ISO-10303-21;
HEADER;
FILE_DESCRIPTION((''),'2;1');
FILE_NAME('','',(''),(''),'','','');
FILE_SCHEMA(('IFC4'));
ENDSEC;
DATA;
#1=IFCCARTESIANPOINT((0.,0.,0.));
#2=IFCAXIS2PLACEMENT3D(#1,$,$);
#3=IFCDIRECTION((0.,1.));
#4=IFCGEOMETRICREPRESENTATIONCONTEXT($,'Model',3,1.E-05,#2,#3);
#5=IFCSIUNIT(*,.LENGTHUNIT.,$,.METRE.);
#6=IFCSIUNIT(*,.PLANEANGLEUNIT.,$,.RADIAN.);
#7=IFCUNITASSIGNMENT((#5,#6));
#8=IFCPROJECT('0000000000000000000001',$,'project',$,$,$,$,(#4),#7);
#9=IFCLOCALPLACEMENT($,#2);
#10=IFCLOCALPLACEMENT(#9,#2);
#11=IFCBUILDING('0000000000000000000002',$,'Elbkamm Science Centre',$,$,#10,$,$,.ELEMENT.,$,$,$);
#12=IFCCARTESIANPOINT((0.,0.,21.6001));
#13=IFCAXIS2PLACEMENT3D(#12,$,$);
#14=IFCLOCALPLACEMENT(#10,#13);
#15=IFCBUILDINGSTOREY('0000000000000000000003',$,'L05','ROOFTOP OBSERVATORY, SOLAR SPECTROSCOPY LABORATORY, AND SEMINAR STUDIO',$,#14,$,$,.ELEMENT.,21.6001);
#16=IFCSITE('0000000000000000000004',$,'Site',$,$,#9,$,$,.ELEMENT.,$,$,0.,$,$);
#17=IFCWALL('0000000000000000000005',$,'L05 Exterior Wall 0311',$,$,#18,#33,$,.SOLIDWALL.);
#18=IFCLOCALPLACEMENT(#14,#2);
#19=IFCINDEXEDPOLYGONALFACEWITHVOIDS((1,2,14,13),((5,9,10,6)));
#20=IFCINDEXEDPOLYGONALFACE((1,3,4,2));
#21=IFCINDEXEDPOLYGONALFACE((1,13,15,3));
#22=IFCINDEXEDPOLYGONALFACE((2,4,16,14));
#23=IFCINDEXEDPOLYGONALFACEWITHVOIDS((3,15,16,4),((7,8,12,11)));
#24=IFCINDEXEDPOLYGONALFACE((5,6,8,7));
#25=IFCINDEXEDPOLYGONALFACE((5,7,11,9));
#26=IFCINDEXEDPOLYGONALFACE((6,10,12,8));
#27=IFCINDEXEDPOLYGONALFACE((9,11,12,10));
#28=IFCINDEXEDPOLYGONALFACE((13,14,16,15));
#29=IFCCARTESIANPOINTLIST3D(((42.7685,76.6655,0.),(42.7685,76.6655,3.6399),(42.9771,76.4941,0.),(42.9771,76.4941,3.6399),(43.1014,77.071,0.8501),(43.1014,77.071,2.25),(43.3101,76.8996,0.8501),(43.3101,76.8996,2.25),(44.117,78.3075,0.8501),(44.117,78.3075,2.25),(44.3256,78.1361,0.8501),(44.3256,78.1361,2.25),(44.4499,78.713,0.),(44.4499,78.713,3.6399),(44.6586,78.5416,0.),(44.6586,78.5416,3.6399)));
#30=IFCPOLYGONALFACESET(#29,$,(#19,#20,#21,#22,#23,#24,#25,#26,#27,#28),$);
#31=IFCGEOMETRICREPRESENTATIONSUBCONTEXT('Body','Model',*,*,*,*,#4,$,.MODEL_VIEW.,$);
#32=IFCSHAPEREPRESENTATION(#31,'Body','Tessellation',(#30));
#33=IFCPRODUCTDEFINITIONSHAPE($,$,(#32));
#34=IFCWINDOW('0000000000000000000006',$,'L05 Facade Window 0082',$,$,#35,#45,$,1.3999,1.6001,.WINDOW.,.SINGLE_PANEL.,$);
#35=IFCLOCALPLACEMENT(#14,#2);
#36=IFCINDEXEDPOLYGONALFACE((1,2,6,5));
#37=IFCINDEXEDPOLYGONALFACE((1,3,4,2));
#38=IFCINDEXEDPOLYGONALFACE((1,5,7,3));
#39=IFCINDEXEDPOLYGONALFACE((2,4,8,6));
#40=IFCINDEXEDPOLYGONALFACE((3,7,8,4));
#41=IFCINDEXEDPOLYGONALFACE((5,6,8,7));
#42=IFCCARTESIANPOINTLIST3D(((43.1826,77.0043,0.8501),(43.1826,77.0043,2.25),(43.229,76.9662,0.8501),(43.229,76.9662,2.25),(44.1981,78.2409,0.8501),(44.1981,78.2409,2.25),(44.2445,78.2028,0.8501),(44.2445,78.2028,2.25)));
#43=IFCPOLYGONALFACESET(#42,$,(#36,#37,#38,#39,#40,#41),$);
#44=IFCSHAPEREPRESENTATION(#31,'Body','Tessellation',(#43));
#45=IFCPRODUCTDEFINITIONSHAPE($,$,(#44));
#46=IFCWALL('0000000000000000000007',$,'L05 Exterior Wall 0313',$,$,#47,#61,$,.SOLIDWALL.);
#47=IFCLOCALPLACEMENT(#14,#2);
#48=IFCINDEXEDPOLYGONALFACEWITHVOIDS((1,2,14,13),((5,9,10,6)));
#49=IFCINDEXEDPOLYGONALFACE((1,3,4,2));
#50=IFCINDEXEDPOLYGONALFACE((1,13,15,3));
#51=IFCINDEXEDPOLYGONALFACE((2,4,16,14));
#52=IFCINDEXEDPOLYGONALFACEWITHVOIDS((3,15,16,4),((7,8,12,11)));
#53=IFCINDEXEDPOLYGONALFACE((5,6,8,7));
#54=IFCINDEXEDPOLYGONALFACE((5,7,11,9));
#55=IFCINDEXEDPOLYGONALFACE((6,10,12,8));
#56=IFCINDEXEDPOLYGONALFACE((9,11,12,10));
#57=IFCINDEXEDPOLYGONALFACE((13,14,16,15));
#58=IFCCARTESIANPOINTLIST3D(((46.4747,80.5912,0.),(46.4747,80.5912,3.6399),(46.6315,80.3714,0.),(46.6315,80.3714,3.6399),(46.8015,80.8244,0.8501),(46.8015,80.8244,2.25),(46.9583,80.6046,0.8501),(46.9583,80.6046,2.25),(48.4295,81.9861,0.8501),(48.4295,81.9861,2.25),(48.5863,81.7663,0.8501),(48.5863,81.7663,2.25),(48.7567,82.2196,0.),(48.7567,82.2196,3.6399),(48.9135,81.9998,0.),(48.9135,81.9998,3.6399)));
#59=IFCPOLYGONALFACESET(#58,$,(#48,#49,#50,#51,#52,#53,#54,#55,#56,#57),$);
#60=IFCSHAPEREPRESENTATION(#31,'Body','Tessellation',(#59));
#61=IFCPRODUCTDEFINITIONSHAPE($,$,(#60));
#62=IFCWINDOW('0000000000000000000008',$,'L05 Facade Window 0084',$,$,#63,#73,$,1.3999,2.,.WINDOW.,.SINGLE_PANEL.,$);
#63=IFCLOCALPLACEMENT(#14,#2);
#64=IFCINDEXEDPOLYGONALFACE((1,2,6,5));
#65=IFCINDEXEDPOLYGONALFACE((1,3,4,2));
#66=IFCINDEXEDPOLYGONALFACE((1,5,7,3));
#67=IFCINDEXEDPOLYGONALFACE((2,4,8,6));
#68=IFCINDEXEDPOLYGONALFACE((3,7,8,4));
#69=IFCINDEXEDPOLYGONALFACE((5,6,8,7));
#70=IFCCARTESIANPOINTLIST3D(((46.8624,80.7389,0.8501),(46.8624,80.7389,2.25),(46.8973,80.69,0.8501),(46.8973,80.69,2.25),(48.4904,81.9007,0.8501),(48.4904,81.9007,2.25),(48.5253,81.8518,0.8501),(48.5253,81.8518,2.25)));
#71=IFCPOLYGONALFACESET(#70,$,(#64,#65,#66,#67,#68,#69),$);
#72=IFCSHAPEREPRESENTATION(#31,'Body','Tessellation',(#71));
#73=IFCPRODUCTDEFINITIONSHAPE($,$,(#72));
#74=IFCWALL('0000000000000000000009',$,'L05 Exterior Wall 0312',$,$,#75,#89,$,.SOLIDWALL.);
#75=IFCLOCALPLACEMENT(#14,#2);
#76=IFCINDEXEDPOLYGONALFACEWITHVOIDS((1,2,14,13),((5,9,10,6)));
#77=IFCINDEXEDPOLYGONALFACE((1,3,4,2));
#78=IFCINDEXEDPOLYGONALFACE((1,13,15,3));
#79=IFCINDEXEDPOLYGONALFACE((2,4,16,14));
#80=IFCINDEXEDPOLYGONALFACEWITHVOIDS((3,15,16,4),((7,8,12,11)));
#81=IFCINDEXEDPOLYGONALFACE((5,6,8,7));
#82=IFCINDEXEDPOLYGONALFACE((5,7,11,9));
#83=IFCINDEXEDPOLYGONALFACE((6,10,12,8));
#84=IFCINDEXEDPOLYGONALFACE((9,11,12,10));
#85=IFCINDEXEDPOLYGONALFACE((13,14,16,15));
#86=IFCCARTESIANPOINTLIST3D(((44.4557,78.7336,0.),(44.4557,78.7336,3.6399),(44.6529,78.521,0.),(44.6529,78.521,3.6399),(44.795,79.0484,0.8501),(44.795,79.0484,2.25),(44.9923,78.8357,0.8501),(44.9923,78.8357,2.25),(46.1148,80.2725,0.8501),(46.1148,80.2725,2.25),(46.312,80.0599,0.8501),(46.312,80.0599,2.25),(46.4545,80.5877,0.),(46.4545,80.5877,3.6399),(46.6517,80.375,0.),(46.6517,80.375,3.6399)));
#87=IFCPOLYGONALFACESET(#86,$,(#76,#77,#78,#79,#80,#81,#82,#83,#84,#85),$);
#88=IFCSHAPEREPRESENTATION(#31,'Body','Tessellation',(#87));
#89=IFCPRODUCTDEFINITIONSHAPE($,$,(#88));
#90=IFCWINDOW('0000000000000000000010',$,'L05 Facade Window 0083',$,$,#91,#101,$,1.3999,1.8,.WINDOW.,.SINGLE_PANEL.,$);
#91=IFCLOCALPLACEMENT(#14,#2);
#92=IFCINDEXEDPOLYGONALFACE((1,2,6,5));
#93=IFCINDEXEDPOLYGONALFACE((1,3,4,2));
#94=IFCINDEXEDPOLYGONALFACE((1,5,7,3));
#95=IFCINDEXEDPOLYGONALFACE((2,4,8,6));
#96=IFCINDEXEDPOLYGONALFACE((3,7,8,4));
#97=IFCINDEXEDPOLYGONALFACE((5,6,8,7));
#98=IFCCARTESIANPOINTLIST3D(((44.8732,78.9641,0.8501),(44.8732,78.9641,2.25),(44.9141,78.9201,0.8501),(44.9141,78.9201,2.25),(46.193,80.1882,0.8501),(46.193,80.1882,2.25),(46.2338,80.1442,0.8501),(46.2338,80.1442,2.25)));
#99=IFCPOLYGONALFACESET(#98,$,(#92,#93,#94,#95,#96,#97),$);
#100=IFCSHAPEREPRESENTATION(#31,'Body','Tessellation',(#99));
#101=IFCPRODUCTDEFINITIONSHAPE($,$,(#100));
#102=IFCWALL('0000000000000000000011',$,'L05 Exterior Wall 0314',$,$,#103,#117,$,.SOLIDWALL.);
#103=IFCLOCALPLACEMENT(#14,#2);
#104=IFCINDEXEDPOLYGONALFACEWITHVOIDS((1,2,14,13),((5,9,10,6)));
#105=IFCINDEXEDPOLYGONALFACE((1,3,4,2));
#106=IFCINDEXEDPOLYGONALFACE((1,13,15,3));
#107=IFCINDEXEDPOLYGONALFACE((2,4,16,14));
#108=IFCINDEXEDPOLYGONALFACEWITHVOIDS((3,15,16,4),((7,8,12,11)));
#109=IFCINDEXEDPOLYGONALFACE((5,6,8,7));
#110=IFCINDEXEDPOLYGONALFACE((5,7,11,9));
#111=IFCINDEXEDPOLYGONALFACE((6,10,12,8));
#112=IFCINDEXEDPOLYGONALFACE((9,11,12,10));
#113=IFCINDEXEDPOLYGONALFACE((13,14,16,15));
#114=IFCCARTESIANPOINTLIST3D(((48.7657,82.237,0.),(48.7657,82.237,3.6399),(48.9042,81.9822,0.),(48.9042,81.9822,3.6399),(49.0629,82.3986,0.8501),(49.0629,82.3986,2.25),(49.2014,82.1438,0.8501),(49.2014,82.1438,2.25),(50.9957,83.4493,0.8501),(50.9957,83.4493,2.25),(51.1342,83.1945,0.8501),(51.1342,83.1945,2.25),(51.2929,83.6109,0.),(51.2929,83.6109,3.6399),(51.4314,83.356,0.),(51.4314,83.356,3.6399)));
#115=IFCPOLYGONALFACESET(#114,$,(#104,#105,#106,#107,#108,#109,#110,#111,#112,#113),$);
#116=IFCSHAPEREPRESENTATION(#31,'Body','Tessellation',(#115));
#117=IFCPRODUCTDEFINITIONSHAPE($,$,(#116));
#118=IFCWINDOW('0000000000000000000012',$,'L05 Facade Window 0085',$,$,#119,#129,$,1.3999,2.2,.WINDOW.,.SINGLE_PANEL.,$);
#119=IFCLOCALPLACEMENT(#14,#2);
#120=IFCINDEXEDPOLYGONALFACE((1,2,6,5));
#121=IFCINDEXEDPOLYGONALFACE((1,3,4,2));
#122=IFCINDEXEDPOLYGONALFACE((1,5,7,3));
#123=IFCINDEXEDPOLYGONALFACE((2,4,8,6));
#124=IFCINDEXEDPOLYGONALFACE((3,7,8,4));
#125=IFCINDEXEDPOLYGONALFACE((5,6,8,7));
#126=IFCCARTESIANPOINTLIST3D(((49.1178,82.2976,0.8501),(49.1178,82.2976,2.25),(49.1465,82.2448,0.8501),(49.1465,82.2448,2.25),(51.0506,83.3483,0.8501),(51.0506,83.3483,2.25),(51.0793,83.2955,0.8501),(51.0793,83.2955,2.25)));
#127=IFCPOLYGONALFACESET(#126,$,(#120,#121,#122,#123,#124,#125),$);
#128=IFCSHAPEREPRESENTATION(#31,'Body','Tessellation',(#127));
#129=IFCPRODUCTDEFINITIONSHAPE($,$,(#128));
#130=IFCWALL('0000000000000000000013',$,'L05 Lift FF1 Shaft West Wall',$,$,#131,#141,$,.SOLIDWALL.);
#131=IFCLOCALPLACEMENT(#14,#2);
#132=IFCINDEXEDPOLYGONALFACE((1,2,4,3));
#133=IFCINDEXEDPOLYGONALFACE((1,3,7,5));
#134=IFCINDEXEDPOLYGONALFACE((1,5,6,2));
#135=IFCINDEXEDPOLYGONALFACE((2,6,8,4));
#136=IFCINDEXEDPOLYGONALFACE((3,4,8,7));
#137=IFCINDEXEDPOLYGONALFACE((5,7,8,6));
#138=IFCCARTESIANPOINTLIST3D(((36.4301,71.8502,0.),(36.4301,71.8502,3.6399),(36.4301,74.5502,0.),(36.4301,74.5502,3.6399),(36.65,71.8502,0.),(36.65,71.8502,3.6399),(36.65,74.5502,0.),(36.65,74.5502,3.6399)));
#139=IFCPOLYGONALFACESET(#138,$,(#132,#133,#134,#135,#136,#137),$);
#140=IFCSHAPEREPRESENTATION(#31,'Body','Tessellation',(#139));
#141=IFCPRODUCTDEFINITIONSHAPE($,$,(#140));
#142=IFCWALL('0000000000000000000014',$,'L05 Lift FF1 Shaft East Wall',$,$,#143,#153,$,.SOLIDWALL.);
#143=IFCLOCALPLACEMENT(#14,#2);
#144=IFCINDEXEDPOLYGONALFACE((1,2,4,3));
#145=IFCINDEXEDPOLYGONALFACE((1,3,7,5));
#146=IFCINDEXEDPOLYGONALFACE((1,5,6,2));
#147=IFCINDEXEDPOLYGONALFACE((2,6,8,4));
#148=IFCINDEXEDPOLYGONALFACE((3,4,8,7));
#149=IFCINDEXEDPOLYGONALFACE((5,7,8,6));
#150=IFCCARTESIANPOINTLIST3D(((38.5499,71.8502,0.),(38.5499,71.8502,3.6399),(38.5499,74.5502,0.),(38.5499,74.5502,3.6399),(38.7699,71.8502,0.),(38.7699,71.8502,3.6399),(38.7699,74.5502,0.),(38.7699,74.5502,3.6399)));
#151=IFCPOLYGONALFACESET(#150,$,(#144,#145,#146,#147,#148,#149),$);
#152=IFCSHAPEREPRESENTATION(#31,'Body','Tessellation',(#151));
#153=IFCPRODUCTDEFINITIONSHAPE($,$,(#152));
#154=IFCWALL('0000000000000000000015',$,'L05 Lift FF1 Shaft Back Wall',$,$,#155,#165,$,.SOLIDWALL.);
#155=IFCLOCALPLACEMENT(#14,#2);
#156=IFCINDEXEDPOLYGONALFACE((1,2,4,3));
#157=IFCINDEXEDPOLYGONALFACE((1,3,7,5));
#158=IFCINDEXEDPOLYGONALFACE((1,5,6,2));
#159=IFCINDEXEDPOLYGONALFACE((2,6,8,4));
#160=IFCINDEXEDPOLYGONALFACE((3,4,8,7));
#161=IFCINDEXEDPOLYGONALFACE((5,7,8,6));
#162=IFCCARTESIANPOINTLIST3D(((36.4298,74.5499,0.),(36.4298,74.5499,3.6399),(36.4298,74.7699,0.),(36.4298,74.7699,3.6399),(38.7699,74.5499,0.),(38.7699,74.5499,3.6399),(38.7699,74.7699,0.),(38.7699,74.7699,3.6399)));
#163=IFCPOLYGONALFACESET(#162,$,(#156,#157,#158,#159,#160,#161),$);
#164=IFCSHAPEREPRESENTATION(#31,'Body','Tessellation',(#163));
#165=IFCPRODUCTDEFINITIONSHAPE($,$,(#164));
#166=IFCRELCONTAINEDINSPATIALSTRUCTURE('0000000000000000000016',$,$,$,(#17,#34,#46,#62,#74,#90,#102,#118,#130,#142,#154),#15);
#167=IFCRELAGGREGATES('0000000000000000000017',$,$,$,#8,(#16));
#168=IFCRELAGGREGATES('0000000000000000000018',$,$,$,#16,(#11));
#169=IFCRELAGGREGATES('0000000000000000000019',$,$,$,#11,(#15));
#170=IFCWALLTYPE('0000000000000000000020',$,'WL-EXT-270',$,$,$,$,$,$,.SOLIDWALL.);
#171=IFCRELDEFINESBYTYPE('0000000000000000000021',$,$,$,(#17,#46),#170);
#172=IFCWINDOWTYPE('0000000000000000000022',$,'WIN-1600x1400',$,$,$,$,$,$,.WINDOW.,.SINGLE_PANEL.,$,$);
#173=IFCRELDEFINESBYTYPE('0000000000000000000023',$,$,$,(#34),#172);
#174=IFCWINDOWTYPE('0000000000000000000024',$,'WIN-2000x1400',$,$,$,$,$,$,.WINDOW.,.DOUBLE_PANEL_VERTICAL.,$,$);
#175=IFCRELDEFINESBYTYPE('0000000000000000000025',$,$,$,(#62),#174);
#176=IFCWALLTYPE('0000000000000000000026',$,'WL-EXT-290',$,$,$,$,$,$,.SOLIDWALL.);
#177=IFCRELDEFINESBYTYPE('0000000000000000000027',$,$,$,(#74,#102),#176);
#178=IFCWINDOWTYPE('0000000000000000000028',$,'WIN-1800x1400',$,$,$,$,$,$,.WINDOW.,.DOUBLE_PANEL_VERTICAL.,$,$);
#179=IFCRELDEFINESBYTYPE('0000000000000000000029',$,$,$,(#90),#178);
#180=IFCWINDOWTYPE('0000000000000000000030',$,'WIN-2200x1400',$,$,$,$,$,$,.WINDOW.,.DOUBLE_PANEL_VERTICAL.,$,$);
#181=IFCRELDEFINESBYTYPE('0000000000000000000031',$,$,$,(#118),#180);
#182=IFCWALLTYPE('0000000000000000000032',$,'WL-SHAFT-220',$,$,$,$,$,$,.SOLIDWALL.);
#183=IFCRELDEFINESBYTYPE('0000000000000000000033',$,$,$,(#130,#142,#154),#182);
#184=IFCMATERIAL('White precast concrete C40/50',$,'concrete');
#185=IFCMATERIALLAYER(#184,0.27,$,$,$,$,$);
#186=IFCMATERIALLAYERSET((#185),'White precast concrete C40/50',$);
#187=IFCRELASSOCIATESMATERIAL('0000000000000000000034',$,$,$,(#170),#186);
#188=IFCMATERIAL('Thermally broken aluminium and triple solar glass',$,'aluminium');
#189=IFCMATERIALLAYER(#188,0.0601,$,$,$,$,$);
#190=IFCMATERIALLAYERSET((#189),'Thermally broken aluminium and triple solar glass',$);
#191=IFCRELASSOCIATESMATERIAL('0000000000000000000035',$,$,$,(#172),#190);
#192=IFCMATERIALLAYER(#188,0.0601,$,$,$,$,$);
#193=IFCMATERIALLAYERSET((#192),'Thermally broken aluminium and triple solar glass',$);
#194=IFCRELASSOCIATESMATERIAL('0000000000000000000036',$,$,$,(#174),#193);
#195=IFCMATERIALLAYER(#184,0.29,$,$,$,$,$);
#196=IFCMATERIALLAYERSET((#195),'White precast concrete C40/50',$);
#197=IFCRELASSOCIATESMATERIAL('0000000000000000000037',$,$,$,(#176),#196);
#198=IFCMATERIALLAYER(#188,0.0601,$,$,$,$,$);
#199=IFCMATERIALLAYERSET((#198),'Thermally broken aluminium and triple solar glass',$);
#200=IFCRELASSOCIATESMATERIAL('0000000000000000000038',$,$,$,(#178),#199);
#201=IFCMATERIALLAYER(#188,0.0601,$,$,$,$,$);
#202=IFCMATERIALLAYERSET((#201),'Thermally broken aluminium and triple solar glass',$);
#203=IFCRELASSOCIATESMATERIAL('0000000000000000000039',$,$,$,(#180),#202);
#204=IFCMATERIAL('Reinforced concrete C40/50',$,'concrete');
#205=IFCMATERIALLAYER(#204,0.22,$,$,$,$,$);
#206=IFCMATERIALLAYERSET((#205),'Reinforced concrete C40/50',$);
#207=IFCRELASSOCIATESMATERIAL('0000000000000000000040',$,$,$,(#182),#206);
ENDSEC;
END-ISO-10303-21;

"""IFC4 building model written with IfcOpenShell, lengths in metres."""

from ifc_helpers import new_model, si_unit, direction, frame, frame_2d, origin, place, context, subcontext, project, spatial, rectangle, extrude, material, layer, layer_set, type_object, element, fill, save


model = new_model("IFC4")

# Units and contexts
model_context = context("Model", 3, precision=1e-05, world=origin(), true_north=direction((0.0, 1.0)))
body_context = subcontext(model_context, "Body", "Model", "MODEL_VIEW")
ifc_project = project(units=[si_unit("LENGTHUNIT", "METRE"), si_unit("PLANEANGLEUNIT", "RADIAN")], contexts=[model_context])

# Site, building, storey
site_placement = place(None, origin())
site = spatial("IfcSite", under=ifc_project, at=site_placement, Name="Site", CompositionType="ELEMENT", RefElevation=0.0)
building_placement = place(site_placement, origin())
building = spatial("IfcBuilding", under=site, at=building_placement, Name="Elbkamm Science Centre", CompositionType="ELEMENT")
storey_placement = place(building_placement, frame((0.0, 0.0, 21.6001)))
storey = spatial("IfcBuildingStorey", under=building, at=storey_placement, Name="L05", Description="ROOFTOP OBSERVATORY, SOLAR SPECTROSCOPY LABORATORY, AND SEMINAR STUDIO", CompositionType="ELEMENT", Elevation=21.6001)

# Shared definitions
ifc_material_1 = material(Name="Reinforced concrete C40/50", Category="concrete")

# Walls, openings, windows
ifc_material_2 = material(Name="White precast concrete C40/50", Category="concrete")
ifc_layer_1 = layer(ifc_material_2, 0.27)
ifc_layer_set_1 = layer_set([ifc_layer_1], Name="White precast concrete C40/50")
wall_type_1 = type_object("IfcWallType", Name="WL-EXT-270", PredefinedType="SOLIDWALL", material=ifc_layer_set_1)
wall_1_placement = place(storey_placement, frame((42.8728, 76.5798, 0.0), z_axis=(0.0, 0.0, 1.0), x_axis=(0.634657, 0.772794, 0.0)))
wall_1 = element("IfcWall", 1, at=wall_1_placement, inside=storey, type_object=wall_type_1, Name="L05 Exterior Wall 0311", PredefinedType="SOLIDWALL", context=body_context, shape_type="SweptSolid", body=[
    extrude(rectangle(XDim=2.6494, YDim=0.27, at=frame_2d((1.3247, 0.0))), origin(), (0.0, 0.0, 1.0), 3.6399),
])
opening_1_placement = place(wall_1_placement, frame((0.5247, 0.0, 0.8501)))
opening_1 = element("IfcOpeningElement", 2, at=opening_1_placement, cuts=wall_1, PredefinedType="OPENING", context=body_context, shape_type="SweptSolid", body=[
    extrude(rectangle(XDim=1.6001, YDim=1.3999, at=frame_2d((0.8, 0.7))), frame((0.0, 0.147, 0.0), z_axis=(0.0, -1.0, 0.0), x_axis=(1.0, 0.0, 0.0)), (0.0, 0.0, 1.0), 0.2939),
])
ifc_material_3 = material(Name="Thermally broken aluminium and triple solar glass", Category="aluminium")
ifc_layer_2 = layer(ifc_material_3, 0.0601)
ifc_layer_set_2 = layer_set([ifc_layer_2], Name="Thermally broken aluminium and triple solar glass")
window_type_1 = type_object("IfcWindowType", Name="WIN-1600x1400", PartitioningType="SINGLE_PANEL", PredefinedType="WINDOW", material=ifc_layer_set_2)
window_1_placement = place(opening_1_placement, origin())
window_1 = element("IfcWindow", 3, at=window_1_placement, inside=storey, type_object=window_type_1, Name="L05 Facade Window 0082", OverallHeight=1.3999, OverallWidth=1.6001, PartitioningType="SINGLE_PANEL", PredefinedType="WINDOW", context=body_context, shape_type="SweptSolid", body=[
    extrude(rectangle(XDim=1.6001, YDim=1.3999, at=frame_2d((0.8, 0.7))), frame((0.0, 0.03, 0.0), z_axis=(0.0, -1.0, 0.0), x_axis=(1.0, 0.0, 0.0)), (0.0, 0.0, 1.0), 0.0601),
])
fill(opening_1, window_1)
wall_2_placement = place(storey_placement, frame((46.553, 80.4812, 0.0), z_axis=(0.0, 0.0, 1.0), x_axis=(0.813998, 0.580867, 0.0)))
wall_2 = element("IfcWall", 4, at=wall_2_placement, inside=storey, type_object=wall_type_1, Name="L05 Exterior Wall 0313", PredefinedType="SOLIDWALL", context=body_context, shape_type="SweptSolid", body=[
    extrude(rectangle(XDim=2.8035, YDim=0.27, at=frame_2d((1.4019, 0.0))), origin(), (0.0, 0.0, 1.0), 3.6399),
])
opening_2_placement = place(wall_2_placement, frame((0.4016, 0.0, 0.8501)))
opening_2 = element("IfcOpeningElement", 5, at=opening_2_placement, cuts=wall_2, PredefinedType="OPENING", context=body_context, shape_type="SweptSolid", body=[
    extrude(rectangle(XDim=2.0, YDim=1.3999, at=frame_2d((1.0, 0.7))), frame((0.0, 0.147, 0.0), z_axis=(0.0, -1.0, 0.0), x_axis=(1.0, 0.0, 0.0)), (0.0, 0.0, 1.0), 0.2939),
])
ifc_layer_3 = layer(ifc_material_3, 0.0601)
ifc_layer_set_3 = layer_set([ifc_layer_3], Name="Thermally broken aluminium and triple solar glass")
window_type_2 = type_object("IfcWindowType", Name="WIN-2000x1400", PartitioningType="DOUBLE_PANEL_VERTICAL", PredefinedType="WINDOW", material=ifc_layer_set_3)
window_2_placement = place(opening_2_placement, origin())
window_2 = element("IfcWindow", 6, at=window_2_placement, inside=storey, type_object=window_type_2, Name="L05 Facade Window 0084", OverallHeight=1.3999, OverallWidth=2.0, PartitioningType="SINGLE_PANEL", PredefinedType="WINDOW", context=body_context, shape_type="SweptSolid", body=[
    extrude(rectangle(XDim=2.0, YDim=1.3999, at=frame_2d((1.0, 0.7))), frame((0.0, 0.03, 0.0), z_axis=(0.0, -1.0, 0.0), x_axis=(1.0, 0.0, 0.0)), (0.0, 0.0, 1.0), 0.0601),
])
fill(opening_2, window_2)
ifc_layer_4 = layer(ifc_material_2, 0.29)
ifc_layer_set_4 = layer_set([ifc_layer_4], Name="White precast concrete C40/50")
wall_type_2 = type_object("IfcWallType", Name="WL-EXT-290", PredefinedType="SOLIDWALL", material=ifc_layer_set_4)
wall_3_placement = place(storey_placement, frame((44.5542, 78.6272, 0.0), z_axis=(0.0, 0.0, 1.0), x_axis=(0.73316, 0.680056, 0.0)))
wall_3 = element("IfcWall", 7, at=wall_3_placement, inside=storey, type_object=wall_type_2, Name="L05 Exterior Wall 0312", PredefinedType="SOLIDWALL", context=body_context, shape_type="SweptSolid", body=[
    extrude(rectangle(XDim=2.7263, YDim=0.29, at=frame_2d((1.3633, 0.0))), origin(), (0.0, 0.0, 1.0), 3.6399),
])
opening_3_placement = place(wall_3_placement, frame((0.4631, 0.0, 0.8501)))
opening_3 = element("IfcOpeningElement", 8, at=opening_3_placement, cuts=wall_3, PredefinedType="OPENING", context=body_context, shape_type="SweptSolid", body=[
    extrude(rectangle(XDim=1.8, YDim=1.3999, at=frame_2d((0.8999, 0.7))), frame((0.0, 0.157, 0.0), z_axis=(0.0, -1.0, 0.0), x_axis=(1.0, 0.0, 0.0)), (0.0, 0.0, 1.0), 0.314),
])
ifc_layer_5 = layer(ifc_material_3, 0.0601)
ifc_layer_set_5 = layer_set([ifc_layer_5], Name="Thermally broken aluminium and triple solar glass")
window_type_3 = type_object("IfcWindowType", Name="WIN-1800x1400", PartitioningType="DOUBLE_PANEL_VERTICAL", PredefinedType="WINDOW", material=ifc_layer_set_5)
window_3_placement = place(opening_3_placement, origin())
window_3 = element("IfcWindow", 9, at=window_3_placement, inside=storey, type_object=window_type_3, Name="L05 Facade Window 0083", OverallHeight=1.3999, OverallWidth=1.8, PartitioningType="SINGLE_PANEL", PredefinedType="WINDOW", context=body_context, shape_type="SweptSolid", body=[
    extrude(rectangle(XDim=1.8, YDim=1.3999, at=frame_2d((0.8999, 0.7))), frame((0.0, 0.03, 0.0), z_axis=(0.0, -1.0, 0.0), x_axis=(1.0, 0.0, 0.0)), (0.0, 0.0, 1.0), 0.0601),
])
fill(opening_3, window_3)
wall_4_placement = place(storey_placement, frame((48.835, 82.1096, 0.0), z_axis=(0.0, 0.0, 1.0), x_axis=(0.878573, 0.477609, 0.0)))
wall_4 = element("IfcWall", 10, at=wall_4_placement, inside=storey, type_object=wall_type_2, Name="L05 Exterior Wall 0314", PredefinedType="SOLIDWALL", context=body_context, shape_type="SweptSolid", body=[
    extrude(rectangle(XDim=2.8765, YDim=0.29, at=frame_2d((1.4382, 0.0))), origin(), (0.0, 0.0, 1.0), 3.6399),
])
opening_4_placement = place(wall_4_placement, frame((0.3381, 0.0, 0.8501)))
opening_4 = element("IfcOpeningElement", 11, at=opening_4_placement, cuts=wall_4, PredefinedType="OPENING", context=body_context, shape_type="SweptSolid", body=[
    extrude(rectangle(XDim=2.2, YDim=1.3999, at=frame_2d((1.1001, 0.7))), frame((0.0, 0.157, 0.0), z_axis=(0.0, -1.0, 0.0), x_axis=(1.0, 0.0, 0.0)), (0.0, 0.0, 1.0), 0.314),
])
ifc_layer_6 = layer(ifc_material_3, 0.0601)
ifc_layer_set_6 = layer_set([ifc_layer_6], Name="Thermally broken aluminium and triple solar glass")
window_type_4 = type_object("IfcWindowType", Name="WIN-2200x1400", PartitioningType="DOUBLE_PANEL_VERTICAL", PredefinedType="WINDOW", material=ifc_layer_set_6)
window_4_placement = place(opening_4_placement, origin())
window_4 = element("IfcWindow", 12, at=window_4_placement, inside=storey, type_object=window_type_4, Name="L05 Facade Window 0085", OverallHeight=1.3999, OverallWidth=2.2, PartitioningType="SINGLE_PANEL", PredefinedType="WINDOW", context=body_context, shape_type="SweptSolid", body=[
    extrude(rectangle(XDim=2.2, YDim=1.3999, at=frame_2d((1.1001, 0.7))), frame((0.0, 0.03, 0.0), z_axis=(0.0, -1.0, 0.0), x_axis=(1.0, 0.0, 0.0)), (0.0, 0.0, 1.0), 0.0601),
])
fill(opening_4, window_4)

# Walls
ifc_layer_7 = layer(ifc_material_1, 0.22)
ifc_layer_set_7 = layer_set([ifc_layer_7], Name="Reinforced concrete C40/50")
wall_type_3 = type_object("IfcWallType", Name="WL-SHAFT-220", PredefinedType="SOLIDWALL", material=ifc_layer_set_7)
for number, where, z_axis, x_axis, name in (
    (13, (36.54, 71.8501, 0.0), (0.0, 0.0, 1.0), (0.0, 1.0, 0.0), "L05 Lift FF1 Shaft West Wall"),
    (14, (38.6599, 71.8501, 0.0), (0.0, 0.0, 1.0), (0.0, 1.0, 0.0), "L05 Lift FF1 Shaft East Wall"),
):
    element("IfcWall", number, at=place(storey_placement, frame(where, z_axis=z_axis, x_axis=x_axis)), inside=storey, type_object=wall_type_3, Name=name, PredefinedType="SOLIDWALL", context=body_context, shape_type="SweptSolid", body=[
        extrude(rectangle(XDim=2.7, YDim=0.22, at=frame_2d((1.3501, 0.0))), origin(), (0.0, 0.0, 1.0), 3.6399),
    ])
wall_5_placement = place(storey_placement, frame((36.4299, 74.6599, 0.0), z_axis=(0.0, 0.0, 1.0), x_axis=(1.0, 0.0, 0.0)))
element("IfcWall", 15, at=wall_5_placement, inside=storey, type_object=wall_type_3, Name="L05 Lift FF1 Shaft Back Wall", PredefinedType="SOLIDWALL", context=body_context, shape_type="SweptSolid", body=[
    extrude(rectangle(XDim=2.3401, YDim=0.22, at=frame_2d((1.1699, 0.0))), origin(), (0.0, 0.0, 1.0), 3.6399),
])

save(model, "model.ifc")
